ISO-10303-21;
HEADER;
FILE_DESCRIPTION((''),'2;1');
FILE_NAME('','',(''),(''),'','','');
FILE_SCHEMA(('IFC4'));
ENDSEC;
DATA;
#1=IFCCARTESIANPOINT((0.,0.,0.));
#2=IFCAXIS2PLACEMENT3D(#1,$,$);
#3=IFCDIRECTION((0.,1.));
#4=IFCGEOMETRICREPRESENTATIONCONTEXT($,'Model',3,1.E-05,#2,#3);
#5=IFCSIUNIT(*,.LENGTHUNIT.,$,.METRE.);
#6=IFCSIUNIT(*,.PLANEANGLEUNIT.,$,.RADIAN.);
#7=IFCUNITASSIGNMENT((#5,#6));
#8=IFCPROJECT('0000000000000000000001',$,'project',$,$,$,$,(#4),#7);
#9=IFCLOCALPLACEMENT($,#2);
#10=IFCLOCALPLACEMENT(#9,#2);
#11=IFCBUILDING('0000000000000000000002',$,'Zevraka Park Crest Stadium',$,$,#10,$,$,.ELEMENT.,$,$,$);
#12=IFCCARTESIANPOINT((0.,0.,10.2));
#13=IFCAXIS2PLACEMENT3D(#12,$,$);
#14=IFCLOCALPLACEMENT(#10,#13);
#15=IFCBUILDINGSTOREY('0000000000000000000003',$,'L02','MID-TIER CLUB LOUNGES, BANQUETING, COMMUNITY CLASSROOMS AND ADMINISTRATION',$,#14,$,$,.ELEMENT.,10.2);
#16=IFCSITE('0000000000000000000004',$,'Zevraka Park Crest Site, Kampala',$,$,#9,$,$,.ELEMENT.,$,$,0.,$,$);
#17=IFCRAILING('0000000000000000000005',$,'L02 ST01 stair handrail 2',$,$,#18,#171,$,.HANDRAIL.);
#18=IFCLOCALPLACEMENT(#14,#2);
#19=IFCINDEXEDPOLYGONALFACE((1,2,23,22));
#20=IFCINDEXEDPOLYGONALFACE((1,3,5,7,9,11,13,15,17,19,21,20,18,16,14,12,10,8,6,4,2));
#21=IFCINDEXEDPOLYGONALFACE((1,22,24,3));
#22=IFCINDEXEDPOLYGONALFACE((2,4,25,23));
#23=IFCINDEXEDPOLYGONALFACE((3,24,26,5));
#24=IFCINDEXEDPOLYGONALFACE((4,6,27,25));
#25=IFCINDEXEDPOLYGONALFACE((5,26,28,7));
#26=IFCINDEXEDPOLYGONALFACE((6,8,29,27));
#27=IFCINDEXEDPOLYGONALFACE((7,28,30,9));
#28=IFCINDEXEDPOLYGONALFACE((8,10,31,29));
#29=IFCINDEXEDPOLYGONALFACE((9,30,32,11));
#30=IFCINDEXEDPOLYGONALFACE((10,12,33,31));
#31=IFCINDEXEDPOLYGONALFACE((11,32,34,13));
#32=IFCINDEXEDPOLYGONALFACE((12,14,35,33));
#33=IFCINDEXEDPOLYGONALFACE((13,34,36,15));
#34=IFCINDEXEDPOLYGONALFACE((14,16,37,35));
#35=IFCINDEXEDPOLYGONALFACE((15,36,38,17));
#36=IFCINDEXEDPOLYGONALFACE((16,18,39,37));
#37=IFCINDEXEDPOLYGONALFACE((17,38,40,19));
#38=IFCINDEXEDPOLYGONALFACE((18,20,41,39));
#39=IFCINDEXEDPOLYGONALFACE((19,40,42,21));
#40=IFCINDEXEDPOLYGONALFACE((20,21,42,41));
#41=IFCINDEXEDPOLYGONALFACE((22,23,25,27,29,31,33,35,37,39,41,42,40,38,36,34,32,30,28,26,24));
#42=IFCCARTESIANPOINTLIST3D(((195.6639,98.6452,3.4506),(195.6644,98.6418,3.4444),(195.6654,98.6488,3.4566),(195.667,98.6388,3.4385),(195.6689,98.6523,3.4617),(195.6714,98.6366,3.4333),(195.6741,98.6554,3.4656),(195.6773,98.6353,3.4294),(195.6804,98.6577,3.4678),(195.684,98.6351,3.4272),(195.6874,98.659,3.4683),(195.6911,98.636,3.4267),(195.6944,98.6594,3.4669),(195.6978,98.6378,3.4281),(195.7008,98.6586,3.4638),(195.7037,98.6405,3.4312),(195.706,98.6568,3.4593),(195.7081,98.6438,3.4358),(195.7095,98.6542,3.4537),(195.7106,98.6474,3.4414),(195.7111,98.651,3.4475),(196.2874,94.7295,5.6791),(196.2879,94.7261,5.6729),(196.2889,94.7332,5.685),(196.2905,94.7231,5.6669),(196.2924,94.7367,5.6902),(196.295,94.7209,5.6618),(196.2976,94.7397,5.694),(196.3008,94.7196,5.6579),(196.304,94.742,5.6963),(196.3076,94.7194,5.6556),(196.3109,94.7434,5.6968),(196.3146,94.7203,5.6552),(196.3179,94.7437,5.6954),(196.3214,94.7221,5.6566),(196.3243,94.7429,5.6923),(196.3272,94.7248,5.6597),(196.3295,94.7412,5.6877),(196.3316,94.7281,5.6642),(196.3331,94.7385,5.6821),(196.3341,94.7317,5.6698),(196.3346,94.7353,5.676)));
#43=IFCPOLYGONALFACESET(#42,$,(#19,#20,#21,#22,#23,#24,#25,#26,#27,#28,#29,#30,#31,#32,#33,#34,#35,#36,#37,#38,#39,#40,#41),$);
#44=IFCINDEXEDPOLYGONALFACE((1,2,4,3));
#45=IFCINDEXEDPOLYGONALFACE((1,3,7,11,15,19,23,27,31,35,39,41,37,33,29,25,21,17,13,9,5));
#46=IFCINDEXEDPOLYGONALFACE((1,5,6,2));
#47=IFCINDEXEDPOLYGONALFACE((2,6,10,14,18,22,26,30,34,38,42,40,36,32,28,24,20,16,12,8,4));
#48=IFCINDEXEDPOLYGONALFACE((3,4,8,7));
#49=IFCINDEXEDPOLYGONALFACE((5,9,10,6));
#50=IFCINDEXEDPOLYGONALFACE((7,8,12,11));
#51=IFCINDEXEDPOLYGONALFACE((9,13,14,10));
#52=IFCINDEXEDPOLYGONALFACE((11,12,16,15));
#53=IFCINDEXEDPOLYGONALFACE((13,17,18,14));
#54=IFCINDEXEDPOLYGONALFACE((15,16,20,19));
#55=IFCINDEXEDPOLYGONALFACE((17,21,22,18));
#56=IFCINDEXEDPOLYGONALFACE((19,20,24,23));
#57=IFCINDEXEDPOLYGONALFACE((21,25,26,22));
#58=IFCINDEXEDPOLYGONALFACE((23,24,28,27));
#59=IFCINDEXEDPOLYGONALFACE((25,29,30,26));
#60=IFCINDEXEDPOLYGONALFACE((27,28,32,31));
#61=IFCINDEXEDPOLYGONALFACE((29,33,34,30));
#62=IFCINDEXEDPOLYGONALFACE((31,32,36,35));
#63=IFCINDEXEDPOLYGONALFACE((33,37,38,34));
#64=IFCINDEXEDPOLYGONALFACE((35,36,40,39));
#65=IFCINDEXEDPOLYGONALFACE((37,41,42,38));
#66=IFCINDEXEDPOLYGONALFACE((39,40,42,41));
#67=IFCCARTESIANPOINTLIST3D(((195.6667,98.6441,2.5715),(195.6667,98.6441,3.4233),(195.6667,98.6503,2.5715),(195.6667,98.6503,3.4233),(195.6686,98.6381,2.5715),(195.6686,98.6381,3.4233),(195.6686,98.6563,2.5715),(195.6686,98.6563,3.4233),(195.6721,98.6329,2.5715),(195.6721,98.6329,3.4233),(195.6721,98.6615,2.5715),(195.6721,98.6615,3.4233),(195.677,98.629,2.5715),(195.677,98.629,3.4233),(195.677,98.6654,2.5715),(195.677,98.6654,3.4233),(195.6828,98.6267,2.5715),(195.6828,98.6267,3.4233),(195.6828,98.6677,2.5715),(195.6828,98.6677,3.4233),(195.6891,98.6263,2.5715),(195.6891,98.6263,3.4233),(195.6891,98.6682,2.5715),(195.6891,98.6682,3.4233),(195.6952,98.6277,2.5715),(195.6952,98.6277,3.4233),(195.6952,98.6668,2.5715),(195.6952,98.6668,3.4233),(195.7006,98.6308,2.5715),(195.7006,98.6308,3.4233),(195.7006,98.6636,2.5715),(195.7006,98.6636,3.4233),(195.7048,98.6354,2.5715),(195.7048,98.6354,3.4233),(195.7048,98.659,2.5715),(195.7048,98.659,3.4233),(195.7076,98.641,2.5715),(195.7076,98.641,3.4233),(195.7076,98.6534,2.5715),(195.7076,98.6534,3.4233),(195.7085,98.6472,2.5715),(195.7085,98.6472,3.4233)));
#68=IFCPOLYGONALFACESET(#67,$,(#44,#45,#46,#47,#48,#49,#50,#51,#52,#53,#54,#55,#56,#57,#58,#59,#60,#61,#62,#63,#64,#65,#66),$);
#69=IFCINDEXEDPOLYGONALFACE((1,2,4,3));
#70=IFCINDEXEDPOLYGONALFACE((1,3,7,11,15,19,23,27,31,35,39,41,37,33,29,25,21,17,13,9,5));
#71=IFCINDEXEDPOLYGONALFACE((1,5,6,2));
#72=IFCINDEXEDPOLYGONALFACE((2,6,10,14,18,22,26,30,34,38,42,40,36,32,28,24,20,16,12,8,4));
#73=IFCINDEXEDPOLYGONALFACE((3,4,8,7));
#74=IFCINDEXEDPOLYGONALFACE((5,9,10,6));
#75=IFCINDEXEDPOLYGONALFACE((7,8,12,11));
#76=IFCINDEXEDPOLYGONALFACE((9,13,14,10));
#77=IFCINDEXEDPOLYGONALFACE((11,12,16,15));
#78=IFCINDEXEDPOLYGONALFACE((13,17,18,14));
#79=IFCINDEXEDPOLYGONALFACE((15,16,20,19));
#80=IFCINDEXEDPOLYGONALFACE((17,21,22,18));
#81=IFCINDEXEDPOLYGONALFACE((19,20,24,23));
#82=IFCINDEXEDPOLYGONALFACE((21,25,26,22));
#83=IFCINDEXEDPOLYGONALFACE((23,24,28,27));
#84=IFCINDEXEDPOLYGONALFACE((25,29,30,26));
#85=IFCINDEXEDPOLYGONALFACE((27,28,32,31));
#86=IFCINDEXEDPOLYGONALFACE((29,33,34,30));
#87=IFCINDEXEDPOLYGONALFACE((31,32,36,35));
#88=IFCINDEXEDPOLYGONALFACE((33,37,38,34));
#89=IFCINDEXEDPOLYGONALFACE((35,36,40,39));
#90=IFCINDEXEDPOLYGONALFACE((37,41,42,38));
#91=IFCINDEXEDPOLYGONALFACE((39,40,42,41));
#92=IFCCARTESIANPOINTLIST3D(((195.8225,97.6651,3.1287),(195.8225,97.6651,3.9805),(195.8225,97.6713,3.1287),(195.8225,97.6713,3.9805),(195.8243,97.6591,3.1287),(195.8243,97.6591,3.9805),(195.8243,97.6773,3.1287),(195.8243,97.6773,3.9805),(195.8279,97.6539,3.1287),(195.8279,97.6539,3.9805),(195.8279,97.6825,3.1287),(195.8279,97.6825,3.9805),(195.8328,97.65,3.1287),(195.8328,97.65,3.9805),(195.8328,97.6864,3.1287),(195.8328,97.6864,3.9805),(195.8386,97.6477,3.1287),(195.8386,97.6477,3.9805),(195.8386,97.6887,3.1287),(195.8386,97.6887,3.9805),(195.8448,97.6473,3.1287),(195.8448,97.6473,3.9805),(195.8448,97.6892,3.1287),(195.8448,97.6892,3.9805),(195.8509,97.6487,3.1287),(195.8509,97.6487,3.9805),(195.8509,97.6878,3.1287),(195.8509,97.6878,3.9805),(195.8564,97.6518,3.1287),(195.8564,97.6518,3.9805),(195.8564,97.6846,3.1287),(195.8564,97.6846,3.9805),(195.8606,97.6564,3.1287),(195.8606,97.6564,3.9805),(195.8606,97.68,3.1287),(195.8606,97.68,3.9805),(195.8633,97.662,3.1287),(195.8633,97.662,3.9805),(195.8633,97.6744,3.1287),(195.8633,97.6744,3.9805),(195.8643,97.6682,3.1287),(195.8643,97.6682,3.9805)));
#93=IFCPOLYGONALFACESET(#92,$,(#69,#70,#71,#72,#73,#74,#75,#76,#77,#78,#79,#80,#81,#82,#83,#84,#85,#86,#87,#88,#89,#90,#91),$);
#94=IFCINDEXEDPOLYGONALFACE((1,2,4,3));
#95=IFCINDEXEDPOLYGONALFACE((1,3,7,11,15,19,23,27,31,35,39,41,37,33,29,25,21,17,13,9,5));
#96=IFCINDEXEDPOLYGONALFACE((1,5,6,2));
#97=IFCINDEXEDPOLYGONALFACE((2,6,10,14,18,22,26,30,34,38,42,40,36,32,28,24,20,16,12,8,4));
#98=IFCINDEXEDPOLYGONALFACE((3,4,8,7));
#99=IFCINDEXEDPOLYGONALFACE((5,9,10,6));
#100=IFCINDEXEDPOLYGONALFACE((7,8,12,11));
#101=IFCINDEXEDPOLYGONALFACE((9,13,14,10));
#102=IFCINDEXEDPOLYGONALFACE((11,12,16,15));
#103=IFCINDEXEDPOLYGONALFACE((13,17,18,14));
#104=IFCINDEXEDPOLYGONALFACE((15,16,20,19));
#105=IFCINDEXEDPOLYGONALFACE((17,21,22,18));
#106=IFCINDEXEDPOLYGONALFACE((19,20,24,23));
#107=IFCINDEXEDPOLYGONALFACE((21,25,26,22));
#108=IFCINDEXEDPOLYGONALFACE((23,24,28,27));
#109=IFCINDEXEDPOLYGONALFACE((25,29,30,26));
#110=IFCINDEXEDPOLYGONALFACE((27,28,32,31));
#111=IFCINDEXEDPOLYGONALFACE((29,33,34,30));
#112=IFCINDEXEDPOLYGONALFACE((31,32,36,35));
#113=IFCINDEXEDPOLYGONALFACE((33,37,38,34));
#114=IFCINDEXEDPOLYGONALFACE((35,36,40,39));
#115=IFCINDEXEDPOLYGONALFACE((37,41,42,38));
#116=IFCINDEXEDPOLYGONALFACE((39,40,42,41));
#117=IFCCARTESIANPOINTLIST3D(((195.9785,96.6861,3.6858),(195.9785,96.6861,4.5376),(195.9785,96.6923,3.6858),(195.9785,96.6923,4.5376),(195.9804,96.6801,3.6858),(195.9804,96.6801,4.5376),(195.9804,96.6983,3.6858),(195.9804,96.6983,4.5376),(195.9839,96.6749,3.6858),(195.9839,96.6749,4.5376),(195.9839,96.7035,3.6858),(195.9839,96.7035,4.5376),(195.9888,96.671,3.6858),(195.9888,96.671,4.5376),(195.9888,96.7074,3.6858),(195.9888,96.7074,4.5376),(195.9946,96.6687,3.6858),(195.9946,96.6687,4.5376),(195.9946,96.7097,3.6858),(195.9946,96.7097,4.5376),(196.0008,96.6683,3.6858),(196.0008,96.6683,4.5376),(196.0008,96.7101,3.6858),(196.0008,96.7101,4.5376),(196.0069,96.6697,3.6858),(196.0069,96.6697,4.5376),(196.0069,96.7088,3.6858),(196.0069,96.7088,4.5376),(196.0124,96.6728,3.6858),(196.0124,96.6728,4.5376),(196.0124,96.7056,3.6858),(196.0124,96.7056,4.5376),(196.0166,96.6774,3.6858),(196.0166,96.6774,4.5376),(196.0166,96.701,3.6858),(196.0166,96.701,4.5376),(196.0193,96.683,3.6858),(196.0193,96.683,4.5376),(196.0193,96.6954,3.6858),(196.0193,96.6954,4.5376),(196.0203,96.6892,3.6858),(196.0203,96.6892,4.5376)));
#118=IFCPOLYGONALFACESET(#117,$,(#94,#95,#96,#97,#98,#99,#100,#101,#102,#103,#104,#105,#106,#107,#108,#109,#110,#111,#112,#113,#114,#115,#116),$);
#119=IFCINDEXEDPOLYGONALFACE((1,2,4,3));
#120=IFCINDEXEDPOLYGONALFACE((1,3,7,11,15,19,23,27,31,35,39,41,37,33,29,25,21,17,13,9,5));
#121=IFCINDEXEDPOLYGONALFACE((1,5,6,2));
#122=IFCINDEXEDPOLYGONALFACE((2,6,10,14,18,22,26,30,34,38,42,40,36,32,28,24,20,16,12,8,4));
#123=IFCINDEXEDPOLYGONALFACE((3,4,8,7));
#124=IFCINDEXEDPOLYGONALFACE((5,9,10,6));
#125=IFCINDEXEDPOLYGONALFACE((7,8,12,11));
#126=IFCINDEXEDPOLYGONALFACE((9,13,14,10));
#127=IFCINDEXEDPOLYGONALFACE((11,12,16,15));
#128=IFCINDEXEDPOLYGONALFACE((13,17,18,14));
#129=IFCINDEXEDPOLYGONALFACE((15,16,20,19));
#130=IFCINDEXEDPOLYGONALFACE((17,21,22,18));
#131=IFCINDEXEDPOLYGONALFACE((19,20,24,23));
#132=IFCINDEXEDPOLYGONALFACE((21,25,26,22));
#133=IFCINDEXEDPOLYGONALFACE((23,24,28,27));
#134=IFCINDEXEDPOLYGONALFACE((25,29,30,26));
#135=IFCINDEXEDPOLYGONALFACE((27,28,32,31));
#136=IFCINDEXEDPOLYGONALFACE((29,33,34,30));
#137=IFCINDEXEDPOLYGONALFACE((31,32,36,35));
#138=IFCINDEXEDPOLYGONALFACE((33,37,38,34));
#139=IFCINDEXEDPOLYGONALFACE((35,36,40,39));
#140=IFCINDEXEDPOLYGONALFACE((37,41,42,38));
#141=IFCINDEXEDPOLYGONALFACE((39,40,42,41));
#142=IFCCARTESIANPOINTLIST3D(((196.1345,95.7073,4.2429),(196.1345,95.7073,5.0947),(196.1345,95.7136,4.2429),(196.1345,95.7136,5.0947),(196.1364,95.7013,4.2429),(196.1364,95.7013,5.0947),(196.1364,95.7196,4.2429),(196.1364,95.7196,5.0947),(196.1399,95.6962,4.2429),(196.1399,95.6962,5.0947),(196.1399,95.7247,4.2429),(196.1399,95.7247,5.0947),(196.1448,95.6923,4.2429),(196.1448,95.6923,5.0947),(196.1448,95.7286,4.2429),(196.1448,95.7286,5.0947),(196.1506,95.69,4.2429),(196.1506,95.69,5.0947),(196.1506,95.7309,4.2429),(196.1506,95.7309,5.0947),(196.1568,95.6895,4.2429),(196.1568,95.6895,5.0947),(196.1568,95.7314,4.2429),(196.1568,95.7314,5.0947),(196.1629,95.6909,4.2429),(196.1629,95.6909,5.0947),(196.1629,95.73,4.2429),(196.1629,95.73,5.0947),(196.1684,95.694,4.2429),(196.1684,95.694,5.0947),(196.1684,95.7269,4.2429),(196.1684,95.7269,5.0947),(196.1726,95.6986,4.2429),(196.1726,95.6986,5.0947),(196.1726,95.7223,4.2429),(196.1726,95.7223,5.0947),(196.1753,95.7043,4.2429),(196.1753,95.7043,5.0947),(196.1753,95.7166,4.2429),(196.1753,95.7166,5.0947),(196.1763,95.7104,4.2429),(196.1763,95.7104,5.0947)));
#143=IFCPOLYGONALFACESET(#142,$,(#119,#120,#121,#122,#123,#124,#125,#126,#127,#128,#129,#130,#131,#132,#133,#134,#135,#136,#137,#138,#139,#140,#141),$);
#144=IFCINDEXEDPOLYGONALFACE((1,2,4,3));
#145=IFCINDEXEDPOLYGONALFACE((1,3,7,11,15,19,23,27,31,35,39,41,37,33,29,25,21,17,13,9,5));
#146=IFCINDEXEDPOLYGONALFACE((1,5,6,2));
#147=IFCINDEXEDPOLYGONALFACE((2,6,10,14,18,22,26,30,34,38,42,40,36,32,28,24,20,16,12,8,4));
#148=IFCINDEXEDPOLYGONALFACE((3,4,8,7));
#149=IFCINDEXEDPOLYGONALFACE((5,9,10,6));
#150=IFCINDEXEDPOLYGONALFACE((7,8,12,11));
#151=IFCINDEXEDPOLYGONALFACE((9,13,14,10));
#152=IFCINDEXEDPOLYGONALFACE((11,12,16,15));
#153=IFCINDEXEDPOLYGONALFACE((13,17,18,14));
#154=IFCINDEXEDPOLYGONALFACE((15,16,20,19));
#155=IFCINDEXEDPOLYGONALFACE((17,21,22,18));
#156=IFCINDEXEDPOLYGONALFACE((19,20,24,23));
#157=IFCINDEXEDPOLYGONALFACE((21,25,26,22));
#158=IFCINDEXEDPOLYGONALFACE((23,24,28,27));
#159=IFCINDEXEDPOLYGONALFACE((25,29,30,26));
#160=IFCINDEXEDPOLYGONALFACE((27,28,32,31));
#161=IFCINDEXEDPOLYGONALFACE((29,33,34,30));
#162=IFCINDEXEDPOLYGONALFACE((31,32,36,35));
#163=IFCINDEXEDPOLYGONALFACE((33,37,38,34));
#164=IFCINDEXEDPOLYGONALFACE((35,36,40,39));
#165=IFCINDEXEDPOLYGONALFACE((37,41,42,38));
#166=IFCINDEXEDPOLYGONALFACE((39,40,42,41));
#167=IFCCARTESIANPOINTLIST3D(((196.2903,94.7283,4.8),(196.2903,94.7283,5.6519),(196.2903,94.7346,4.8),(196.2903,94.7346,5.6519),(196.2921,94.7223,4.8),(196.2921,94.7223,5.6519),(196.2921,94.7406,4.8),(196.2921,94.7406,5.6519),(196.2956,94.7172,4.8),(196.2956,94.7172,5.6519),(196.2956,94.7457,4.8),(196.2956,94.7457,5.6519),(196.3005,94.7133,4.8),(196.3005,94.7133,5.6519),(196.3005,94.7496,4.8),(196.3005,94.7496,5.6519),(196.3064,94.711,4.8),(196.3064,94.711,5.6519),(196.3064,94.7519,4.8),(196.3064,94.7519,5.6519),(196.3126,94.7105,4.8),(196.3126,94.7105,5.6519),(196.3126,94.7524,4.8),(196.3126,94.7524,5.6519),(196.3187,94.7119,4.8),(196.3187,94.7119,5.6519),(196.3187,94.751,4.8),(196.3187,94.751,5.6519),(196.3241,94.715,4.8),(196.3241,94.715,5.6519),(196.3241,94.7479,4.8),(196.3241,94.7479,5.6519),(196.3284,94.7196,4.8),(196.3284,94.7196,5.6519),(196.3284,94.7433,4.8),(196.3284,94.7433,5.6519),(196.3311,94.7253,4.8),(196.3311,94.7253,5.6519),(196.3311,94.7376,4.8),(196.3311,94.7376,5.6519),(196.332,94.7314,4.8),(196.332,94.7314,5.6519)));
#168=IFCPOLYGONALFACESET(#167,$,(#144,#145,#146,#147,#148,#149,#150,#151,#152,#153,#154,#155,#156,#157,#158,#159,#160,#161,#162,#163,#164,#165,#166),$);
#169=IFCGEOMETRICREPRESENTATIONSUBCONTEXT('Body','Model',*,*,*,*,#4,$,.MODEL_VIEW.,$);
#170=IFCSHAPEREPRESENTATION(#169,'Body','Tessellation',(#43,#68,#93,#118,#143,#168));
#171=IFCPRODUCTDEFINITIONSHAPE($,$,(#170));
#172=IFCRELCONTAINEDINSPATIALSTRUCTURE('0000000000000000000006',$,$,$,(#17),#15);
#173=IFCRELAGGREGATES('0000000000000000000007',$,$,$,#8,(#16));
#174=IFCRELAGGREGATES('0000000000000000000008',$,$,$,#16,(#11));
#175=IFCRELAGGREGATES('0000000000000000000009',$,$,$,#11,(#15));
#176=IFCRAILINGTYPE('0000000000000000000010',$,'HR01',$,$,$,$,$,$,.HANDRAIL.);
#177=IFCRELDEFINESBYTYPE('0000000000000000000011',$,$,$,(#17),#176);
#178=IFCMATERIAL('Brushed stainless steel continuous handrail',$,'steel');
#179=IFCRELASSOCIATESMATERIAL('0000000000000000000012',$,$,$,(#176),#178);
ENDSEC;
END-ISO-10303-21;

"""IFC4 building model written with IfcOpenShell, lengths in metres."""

from ifc_helpers import new_model, si_unit, direction, frame, origin, origin_2d, place, context, subcontext, project, spatial, circle, extrude, material, type_object, element, save


model = new_model("IFC4")

# Units and contexts
model_context = context("Model", 3, precision=1e-05, world=origin(), true_north=direction((0.0, 1.0)))
body_context = subcontext(model_context, "Body", "Model", "MODEL_VIEW")
ifc_project = project(units=[si_unit("LENGTHUNIT", "METRE"), si_unit("PLANEANGLEUNIT", "RADIAN")], contexts=[model_context])

# Site, building, storey
site_placement = place(None, origin())
site = spatial("IfcSite", under=ifc_project, at=site_placement, Name="Zevraka Park Crest Site, Kampala", CompositionType="ELEMENT", RefElevation=0.0)
building_placement = place(site_placement, origin())
building = spatial("IfcBuilding", under=site, at=building_placement, Name="Zevraka Park Crest Stadium", CompositionType="ELEMENT")
storey_placement = place(building_placement, frame((0.0, 0.0, 10.2)))
storey = spatial("IfcBuildingStorey", under=building, at=storey_placement, Name="L02", Description="MID-TIER CLUB LOUNGES, BANQUETING, COMMUNITY CLASSROOMS AND ADMINISTRATION", CompositionType="ELEMENT", Elevation=10.2)

# Railing
ifc_material_1 = material(Name="Brushed stainless steel continuous handrail", Category="steel")
railing_type_1 = type_object("IfcRailingType", Name="HR01", PredefinedType="HANDRAIL", material=ifc_material_1)
railing_1_placement = place(storey_placement, frame((195.6875, 98.6472, 2.5715)))
element("IfcRailing", 1, at=railing_1_placement, inside=storey, type_object=railing_type_1, Name="L02 ST01 stair handrail 2", PredefinedType="HANDRAIL", context=body_context, shape_type="SweptSolid", body=[
    extrude(circle(Radius=0.0239, at=origin_2d()), frame((0.0, 0.0, 0.876), z_axis=(0.137088, -0.860903, 0.489951), x_axis=(0.987558, 0.157256, 0.0)), (0.0, 0.0, 1.0), 4.5483),
    extrude(circle(Radius=0.021, at=origin_2d()), origin(), (0.0, 0.0, 1.0), 0.8518),
    extrude(circle(Radius=0.021, at=origin_2d()), frame((0.1558, -0.979, 0.5571)), (0.0, 0.0, 1.0), 0.8518),
    extrude(circle(Radius=0.021, at=origin_2d()), frame((0.3118, -1.958, 1.1143)), (0.0, 0.0, 1.0), 0.8518),
    extrude(circle(Radius=0.021, at=origin_2d()), frame((0.4678, -2.9368, 1.6714)), (0.0, 0.0, 1.0), 0.8518),
    extrude(circle(Radius=0.021, at=origin_2d()), frame((0.6235, -3.9158, 2.2285)), (0.0, 0.0, 1.0), 0.8518),
])

save(model, "model.ifc")
